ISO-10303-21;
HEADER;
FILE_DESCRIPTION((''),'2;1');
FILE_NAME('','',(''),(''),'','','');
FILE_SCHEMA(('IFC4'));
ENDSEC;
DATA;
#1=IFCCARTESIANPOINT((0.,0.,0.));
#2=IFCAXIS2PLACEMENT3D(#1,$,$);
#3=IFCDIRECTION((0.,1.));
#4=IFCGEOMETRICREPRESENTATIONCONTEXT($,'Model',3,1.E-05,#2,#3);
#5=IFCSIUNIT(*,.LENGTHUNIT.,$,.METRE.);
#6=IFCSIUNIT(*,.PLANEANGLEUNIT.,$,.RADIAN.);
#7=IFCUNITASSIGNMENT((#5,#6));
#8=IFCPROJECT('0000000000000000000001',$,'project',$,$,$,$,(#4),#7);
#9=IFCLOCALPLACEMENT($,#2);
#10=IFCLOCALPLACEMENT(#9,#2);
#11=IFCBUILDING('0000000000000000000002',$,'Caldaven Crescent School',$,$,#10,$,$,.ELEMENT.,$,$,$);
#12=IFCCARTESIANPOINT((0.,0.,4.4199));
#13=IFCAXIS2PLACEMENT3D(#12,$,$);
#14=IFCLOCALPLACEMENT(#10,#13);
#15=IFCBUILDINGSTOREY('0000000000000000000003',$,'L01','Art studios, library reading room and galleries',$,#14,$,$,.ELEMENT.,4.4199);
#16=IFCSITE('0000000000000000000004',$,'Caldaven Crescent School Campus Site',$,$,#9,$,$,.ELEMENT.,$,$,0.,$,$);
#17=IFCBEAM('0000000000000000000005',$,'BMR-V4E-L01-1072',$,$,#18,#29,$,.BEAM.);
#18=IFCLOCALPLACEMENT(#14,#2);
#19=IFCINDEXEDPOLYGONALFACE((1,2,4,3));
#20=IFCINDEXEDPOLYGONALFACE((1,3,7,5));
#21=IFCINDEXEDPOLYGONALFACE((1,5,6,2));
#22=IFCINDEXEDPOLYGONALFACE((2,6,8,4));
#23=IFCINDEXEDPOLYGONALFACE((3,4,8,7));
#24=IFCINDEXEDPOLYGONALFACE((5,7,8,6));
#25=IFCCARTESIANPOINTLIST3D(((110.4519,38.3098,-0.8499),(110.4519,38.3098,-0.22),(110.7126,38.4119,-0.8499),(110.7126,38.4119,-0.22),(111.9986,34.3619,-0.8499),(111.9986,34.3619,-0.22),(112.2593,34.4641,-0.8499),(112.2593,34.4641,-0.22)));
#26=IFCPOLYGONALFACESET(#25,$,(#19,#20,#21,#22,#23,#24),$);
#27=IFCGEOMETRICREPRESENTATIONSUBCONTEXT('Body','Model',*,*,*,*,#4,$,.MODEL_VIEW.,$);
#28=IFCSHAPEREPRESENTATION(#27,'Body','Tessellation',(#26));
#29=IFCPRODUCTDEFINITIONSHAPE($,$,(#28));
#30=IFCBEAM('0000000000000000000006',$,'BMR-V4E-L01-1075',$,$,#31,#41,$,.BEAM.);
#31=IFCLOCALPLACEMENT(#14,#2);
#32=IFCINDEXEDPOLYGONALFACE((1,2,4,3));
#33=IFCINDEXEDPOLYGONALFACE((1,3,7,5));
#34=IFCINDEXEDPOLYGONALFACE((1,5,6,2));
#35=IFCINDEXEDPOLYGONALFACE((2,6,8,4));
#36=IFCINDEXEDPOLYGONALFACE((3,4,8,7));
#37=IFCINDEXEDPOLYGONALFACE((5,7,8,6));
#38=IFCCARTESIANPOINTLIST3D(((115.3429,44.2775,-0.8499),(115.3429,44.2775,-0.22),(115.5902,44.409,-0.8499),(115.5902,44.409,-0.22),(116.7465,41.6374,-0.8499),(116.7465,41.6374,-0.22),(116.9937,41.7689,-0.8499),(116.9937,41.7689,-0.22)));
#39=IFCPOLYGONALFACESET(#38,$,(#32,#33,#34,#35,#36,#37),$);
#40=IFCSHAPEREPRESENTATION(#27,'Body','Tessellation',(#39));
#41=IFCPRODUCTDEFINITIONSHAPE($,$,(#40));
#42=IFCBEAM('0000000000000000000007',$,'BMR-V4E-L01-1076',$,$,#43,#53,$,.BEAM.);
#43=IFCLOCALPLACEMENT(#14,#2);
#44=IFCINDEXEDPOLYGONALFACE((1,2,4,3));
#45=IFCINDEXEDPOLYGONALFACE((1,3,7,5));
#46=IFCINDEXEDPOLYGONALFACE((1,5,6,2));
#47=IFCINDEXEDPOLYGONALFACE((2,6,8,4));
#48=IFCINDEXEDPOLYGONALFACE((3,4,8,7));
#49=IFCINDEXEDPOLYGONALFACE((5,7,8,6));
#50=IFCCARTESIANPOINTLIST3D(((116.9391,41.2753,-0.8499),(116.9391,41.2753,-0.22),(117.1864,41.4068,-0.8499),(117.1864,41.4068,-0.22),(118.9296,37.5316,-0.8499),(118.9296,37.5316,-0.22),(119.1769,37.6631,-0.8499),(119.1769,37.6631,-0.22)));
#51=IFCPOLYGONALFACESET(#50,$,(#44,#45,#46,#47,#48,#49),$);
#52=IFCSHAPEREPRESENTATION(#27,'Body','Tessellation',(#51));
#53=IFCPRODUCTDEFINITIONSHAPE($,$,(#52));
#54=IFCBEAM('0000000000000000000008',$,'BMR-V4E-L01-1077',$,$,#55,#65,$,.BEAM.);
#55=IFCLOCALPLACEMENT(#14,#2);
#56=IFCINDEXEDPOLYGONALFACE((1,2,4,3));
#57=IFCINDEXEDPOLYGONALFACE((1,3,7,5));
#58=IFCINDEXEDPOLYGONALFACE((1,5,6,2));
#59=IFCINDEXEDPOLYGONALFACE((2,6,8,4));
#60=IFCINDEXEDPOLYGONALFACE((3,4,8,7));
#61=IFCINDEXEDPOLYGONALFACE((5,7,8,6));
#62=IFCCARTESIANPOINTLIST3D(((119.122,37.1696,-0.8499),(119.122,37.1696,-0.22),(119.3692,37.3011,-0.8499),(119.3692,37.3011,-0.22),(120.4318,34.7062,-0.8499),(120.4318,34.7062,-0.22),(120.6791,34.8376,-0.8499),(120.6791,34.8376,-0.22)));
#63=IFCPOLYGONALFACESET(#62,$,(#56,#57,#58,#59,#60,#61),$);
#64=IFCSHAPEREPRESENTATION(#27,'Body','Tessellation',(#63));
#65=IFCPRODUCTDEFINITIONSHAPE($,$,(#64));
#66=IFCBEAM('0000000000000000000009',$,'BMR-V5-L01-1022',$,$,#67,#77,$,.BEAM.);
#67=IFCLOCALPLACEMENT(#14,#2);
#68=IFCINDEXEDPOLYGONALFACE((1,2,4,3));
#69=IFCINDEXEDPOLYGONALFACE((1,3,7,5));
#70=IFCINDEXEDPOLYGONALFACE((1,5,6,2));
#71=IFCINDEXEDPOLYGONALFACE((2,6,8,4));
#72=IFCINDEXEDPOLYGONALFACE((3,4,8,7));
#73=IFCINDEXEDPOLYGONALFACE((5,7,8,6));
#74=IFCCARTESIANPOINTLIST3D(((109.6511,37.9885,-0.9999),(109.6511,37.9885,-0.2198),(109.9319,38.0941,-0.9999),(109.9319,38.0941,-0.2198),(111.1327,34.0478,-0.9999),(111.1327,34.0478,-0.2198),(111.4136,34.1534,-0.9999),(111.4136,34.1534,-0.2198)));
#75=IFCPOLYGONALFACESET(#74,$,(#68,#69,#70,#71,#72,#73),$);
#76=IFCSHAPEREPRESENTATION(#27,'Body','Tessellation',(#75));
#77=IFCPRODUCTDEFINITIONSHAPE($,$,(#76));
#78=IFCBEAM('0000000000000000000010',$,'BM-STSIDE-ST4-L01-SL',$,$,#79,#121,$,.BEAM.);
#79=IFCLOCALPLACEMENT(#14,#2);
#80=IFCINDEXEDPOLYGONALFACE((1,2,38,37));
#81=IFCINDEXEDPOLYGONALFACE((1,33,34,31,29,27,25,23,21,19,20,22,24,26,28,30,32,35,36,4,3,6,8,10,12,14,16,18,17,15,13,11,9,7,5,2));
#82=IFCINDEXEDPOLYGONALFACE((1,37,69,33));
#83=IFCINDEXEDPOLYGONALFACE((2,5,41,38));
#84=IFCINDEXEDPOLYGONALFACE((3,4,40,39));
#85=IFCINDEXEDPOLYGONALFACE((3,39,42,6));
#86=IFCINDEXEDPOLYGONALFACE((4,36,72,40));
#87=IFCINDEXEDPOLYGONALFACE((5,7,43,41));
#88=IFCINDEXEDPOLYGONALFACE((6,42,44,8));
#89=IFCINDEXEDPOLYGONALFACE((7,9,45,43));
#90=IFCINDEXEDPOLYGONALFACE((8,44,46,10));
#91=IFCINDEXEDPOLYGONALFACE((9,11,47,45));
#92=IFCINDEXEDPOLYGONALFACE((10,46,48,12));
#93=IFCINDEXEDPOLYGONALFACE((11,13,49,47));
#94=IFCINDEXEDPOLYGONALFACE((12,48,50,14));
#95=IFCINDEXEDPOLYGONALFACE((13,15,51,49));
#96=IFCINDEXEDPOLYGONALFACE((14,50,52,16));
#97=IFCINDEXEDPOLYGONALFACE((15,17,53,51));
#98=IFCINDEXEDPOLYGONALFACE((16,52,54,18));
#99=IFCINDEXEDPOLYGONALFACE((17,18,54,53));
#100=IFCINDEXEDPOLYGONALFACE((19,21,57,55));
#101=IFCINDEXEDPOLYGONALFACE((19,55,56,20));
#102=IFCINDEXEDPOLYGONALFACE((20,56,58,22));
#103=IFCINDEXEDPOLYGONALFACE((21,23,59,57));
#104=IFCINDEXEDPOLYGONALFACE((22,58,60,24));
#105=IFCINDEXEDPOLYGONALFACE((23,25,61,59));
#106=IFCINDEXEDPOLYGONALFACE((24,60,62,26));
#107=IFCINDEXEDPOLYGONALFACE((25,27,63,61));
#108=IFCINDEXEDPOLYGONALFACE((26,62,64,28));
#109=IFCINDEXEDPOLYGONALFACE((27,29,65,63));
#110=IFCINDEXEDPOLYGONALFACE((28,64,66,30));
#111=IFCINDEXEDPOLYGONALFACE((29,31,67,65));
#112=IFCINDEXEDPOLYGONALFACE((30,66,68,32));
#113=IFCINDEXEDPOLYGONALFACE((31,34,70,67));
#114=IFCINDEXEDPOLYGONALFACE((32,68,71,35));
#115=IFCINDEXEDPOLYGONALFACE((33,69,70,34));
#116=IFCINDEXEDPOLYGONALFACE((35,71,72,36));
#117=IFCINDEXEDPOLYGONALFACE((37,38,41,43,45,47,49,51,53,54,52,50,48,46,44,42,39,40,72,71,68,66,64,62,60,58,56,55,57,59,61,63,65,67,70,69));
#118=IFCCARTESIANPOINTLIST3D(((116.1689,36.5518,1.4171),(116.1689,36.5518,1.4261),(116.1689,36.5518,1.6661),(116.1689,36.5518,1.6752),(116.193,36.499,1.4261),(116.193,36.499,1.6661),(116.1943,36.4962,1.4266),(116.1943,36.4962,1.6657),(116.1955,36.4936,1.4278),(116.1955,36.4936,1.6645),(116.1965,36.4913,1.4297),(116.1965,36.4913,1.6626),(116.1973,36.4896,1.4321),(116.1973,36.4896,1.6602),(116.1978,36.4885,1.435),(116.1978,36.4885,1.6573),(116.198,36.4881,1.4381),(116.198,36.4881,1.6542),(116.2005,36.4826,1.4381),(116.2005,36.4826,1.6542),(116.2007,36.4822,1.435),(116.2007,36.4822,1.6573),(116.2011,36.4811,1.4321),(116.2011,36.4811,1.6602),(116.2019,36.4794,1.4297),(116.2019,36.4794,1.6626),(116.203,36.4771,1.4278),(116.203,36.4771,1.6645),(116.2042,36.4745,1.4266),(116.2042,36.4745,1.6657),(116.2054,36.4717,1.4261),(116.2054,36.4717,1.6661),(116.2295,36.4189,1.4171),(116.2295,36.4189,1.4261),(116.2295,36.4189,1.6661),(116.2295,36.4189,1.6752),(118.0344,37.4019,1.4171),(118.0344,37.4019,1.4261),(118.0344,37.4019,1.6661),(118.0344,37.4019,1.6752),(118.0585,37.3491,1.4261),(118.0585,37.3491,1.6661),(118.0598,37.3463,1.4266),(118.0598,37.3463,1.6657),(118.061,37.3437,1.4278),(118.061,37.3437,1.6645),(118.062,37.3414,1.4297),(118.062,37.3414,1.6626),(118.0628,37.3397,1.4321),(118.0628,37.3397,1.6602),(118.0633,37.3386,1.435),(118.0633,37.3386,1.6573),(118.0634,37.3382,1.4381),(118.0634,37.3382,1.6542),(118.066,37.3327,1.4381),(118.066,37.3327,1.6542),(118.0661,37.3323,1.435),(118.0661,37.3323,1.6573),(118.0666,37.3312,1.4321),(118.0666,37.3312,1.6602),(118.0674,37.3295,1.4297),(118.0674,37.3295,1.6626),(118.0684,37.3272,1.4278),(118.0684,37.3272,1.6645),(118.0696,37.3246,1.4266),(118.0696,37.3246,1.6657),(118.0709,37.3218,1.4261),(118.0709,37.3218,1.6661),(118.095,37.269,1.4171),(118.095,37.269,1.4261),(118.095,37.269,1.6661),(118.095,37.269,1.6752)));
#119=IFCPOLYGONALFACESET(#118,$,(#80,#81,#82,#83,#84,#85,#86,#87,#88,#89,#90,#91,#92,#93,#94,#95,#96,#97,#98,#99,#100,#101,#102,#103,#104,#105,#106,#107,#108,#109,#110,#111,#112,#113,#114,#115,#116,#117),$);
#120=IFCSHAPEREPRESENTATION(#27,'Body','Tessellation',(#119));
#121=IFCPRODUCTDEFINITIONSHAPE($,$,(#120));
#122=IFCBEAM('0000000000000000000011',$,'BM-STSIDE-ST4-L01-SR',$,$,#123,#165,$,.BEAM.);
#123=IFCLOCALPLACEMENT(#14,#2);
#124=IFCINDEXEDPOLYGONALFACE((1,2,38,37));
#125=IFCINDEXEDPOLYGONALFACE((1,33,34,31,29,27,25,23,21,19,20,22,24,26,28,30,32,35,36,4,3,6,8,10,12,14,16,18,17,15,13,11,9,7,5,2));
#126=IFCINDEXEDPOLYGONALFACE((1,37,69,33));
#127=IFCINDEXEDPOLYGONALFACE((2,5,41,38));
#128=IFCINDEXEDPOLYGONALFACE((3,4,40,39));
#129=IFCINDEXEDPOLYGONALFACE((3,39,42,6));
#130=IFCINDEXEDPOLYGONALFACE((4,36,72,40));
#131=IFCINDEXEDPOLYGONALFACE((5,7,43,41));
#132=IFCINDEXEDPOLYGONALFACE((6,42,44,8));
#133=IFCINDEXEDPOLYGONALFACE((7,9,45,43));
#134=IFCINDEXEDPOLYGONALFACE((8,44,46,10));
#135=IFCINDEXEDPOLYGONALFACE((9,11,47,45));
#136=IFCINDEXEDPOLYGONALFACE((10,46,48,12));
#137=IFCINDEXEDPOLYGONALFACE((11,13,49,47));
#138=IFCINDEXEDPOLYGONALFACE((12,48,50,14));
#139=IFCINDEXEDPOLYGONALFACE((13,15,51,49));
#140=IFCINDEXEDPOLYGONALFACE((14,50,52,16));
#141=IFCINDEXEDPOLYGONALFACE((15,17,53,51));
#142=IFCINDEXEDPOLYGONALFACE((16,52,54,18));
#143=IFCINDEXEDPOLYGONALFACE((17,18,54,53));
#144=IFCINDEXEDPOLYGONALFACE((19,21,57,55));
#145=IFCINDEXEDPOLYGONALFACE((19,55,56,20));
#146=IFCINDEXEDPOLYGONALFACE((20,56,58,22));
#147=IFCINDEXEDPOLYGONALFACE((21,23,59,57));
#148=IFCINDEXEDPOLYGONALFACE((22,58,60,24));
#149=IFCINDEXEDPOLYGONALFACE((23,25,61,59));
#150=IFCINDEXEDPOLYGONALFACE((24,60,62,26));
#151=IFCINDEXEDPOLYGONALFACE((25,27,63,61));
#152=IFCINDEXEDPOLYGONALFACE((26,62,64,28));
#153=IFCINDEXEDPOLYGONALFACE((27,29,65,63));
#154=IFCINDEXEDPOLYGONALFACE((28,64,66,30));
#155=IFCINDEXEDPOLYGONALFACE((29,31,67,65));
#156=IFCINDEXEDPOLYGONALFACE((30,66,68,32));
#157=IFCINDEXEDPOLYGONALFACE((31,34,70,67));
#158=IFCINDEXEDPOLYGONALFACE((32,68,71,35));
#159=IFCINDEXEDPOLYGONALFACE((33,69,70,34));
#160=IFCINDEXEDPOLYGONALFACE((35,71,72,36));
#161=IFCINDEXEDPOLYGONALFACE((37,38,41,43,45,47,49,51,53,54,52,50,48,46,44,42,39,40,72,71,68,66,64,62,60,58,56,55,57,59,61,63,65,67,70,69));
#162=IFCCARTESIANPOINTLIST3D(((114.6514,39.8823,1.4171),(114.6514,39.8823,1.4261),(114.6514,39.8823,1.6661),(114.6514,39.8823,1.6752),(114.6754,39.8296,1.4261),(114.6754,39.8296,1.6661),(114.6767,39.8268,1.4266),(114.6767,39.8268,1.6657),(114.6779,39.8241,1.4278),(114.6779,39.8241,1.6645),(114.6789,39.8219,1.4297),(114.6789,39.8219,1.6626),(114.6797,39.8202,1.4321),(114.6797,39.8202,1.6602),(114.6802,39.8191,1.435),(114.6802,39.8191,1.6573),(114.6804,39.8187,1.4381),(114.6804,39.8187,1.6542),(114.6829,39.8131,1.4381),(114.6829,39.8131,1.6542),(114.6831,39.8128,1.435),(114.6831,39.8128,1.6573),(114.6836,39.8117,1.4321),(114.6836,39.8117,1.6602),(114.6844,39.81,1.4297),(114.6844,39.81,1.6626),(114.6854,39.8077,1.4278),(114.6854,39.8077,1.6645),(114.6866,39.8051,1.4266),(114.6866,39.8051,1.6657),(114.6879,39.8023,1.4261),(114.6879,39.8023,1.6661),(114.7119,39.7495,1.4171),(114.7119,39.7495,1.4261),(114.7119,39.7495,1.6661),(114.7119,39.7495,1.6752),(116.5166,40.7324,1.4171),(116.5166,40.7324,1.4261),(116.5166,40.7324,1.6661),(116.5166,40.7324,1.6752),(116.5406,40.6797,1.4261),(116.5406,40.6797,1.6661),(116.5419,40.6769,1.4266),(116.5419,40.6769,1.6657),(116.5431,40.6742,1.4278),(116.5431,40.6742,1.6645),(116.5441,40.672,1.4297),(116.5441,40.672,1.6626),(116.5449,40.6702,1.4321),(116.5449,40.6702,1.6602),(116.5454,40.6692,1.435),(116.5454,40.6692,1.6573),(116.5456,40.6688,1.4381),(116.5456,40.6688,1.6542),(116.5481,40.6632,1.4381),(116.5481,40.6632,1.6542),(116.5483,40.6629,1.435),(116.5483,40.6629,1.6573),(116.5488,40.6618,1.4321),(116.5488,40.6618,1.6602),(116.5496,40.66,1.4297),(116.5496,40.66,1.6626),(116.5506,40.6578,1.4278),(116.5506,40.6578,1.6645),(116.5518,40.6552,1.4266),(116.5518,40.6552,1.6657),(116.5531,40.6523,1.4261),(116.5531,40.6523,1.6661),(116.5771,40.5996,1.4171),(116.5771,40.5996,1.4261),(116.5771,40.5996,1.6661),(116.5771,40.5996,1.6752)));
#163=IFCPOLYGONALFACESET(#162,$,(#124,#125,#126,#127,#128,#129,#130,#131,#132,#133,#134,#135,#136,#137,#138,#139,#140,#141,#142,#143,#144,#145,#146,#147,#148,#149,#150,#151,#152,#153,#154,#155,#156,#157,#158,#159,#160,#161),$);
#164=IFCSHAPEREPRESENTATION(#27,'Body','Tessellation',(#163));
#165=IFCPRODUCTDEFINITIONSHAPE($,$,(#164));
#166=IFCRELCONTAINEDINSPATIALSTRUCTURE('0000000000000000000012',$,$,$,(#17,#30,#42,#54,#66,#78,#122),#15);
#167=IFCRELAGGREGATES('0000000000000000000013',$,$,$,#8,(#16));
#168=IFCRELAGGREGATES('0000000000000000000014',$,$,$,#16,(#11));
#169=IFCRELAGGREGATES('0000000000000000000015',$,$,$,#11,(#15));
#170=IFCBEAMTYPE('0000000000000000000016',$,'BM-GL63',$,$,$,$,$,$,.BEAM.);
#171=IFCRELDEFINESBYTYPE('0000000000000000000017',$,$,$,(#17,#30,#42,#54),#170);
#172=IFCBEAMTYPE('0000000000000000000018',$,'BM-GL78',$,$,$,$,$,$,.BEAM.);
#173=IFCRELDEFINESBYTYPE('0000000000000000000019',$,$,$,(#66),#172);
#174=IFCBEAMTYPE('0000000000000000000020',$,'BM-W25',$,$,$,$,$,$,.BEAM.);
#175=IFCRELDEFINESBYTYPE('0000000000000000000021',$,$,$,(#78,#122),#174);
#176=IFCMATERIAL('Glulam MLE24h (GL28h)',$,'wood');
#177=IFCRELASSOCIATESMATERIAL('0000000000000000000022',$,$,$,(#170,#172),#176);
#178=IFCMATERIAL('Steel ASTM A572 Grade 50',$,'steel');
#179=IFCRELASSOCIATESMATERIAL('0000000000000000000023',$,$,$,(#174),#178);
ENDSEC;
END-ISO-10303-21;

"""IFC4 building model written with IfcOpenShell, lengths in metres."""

from ifc_helpers import new_model, si_unit, direction, frame, origin, origin_2d, place, context, subcontext, project, spatial, rectangle, i_section, extrude, material, material_profile, profile_set, type_object, element, save


model = new_model("IFC4")

# Units and contexts
model_context = context("Model", 3, precision=1e-05, world=origin(), true_north=direction((0.0, 1.0)))
body_context = subcontext(model_context, "Body", "Model", "MODEL_VIEW")
ifc_project = project(units=[si_unit("LENGTHUNIT", "METRE"), si_unit("PLANEANGLEUNIT", "RADIAN")], contexts=[model_context])

# Site, building, storey
site_placement = place(None, origin())
site = spatial("IfcSite", under=ifc_project, at=site_placement, Name="Caldaven Crescent School Campus Site", CompositionType="ELEMENT", RefElevation=0.0)
building_placement = place(site_placement, origin())
building = spatial("IfcBuilding", under=site, at=building_placement, Name="Caldaven Crescent School", CompositionType="ELEMENT")
storey_placement = place(building_placement, frame((0.0, 0.0, 4.4199)))
storey = spatial("IfcBuildingStorey", under=building, at=storey_placement, Name="L01", Description="Art studios, library reading room and galleries", CompositionType="ELEMENT", Elevation=4.4199)

# Shared definitions
ifc_material_1 = material(Name="Glulam MLE24h (GL28h)", Category="wood")
ifc_material_2 = material(Name="Steel ASTM A572 Grade 50", Category="steel")

# Beams
ifc_material_profile_1 = material_profile(ifc_material_1, rectangle(XDim=0.28, YDim=0.6299, at=origin_2d()), Name="MLE 280x630")
ifc_profile_set_1 = profile_set([ifc_material_profile_1], Name="Glulam MLE24h (GL28h)")
beam_type_1 = type_object("IfcBeamType", Name="BM-GL63", PredefinedType="BEAM", material=ifc_profile_set_1)
beam_1_placement = place(storey_placement, frame((110.5823, 38.3608, -0.5349), z_axis=(0.364779, -0.931094, 0.0), x_axis=(0.931094, 0.364779, 0.0)))
element("IfcBeam", 1, at=beam_1_placement, inside=storey, type_object=beam_type_1, Name="BMR-V4E-L01-1072", PredefinedType="BEAM", context=body_context, shape_type="SweptSolid", body=[
    extrude(rectangle(XDim=0.28, YDim=0.6299, at=origin_2d()), origin(), (0.0, 0.0, 1.0), 4.24),
])
beam_2_placement = place(storey_placement, frame((115.4666, 44.3433, -0.5349), z_axis=(0.469414, -0.882978, 0.0), x_axis=(0.882978, 0.469414, 0.0)))
element("IfcBeam", 2, at=beam_2_placement, inside=storey, type_object=beam_type_1, Name="BMR-V4E-L01-1075", PredefinedType="BEAM", context=body_context, shape_type="SweptSolid", body=[
    extrude(rectangle(XDim=0.28, YDim=0.6299, at=origin_2d()), origin(), (0.0, 0.0, 1.0), 2.99),
])
beam_3_placement = place(storey_placement, frame((117.0627, 41.3411, -0.5349), z_axis=(0.469461, -0.882953, 0.0), x_axis=(0.882953, 0.469461, 0.0)))
element("IfcBeam", 3, at=beam_3_placement, inside=storey, type_object=beam_type_1, Name="BMR-V4E-L01-1076", PredefinedType="BEAM", context=body_context, shape_type="SweptSolid", body=[
    extrude(rectangle(XDim=0.28, YDim=0.6299, at=origin_2d()), origin(), (0.0, 0.0, 1.0), 4.24),
])
beam_4_placement = place(storey_placement, frame((119.2456, 37.2354, -0.5349), z_axis=(0.469475, -0.882946, 0.0), x_axis=(0.882946, 0.469475, 0.0)))
element("IfcBeam", 4, at=beam_4_placement, inside=storey, type_object=beam_type_1, Name="BMR-V4E-L01-1077", PredefinedType="BEAM", context=body_context, shape_type="SweptSolid", body=[
    extrude(rectangle(XDim=0.28, YDim=0.6299, at=origin_2d()), origin(), (0.0, 0.0, 1.0), 2.79),
])
ifc_material_profile_2 = material_profile(ifc_material_1, rectangle(XDim=0.3, YDim=0.78, at=origin_2d()), Name="MLE 300x780")
ifc_profile_set_2 = profile_set([ifc_material_profile_2], Name="Glulam MLE24h (GL28h)")
beam_type_2 = type_object("IfcBeamType", Name="BM-GL78", PredefinedType="BEAM", material=ifc_profile_set_2)
beam_5_placement = place(storey_placement, frame((109.7915, 38.0413, -0.6099), z_axis=(0.351943, -0.936021, 0.0), x_axis=(0.936021, 0.351943, 0.0)))
element("IfcBeam", 5, at=beam_5_placement, inside=storey, type_object=beam_type_2, Name="BMR-V5-L01-1022", PredefinedType="BEAM", context=body_context, shape_type="SweptSolid", body=[
    extrude(rectangle(XDim=0.3, YDim=0.78, at=origin_2d()), origin(), (0.0, 0.0, 1.0), 4.21),
])
ifc_material_profile_3 = material_profile(ifc_material_2, i_section(OverallWidth=0.146, OverallDepth=0.2581, WebThickness=0.0061, FlangeThickness=0.009, FilletRadius=0.012, at=origin_2d()), Name="W250x33")
ifc_profile_set_3 = profile_set([ifc_material_profile_3], Name="Steel ASTM A572 Grade 50")
beam_type_3 = type_object("IfcBeamType", Name="BM-W25", PredefinedType="BEAM", material=ifc_profile_set_3)
beam_6_placement = place(storey_placement, frame((116.1992, 36.4854, 1.5461), z_axis=(0.90997, 0.414673, 0.0), x_axis=(-0.414673, 0.90997, 0.0)))
element("IfcBeam", 6, at=beam_6_placement, inside=storey, type_object=beam_type_3, Name="BM-STSIDE-ST4-L01-SL", PredefinedType="BEAM", context=body_context, shape_type="SweptSolid", body=[
    extrude(i_section(OverallWidth=0.146, OverallDepth=0.2581, WebThickness=0.0061, FlangeThickness=0.009, FilletRadius=0.012, at=origin_2d()), origin(), (0.0, 0.0, 1.0), 2.05),
])
beam_7_placement = place(storey_placement, frame((114.6816, 39.8159, 1.5461), z_axis=(0.90995, 0.414718, 0.0), x_axis=(-0.414718, 0.90995, 0.0)))
element("IfcBeam", 7, at=beam_7_placement, inside=storey, type_object=beam_type_3, Name="BM-STSIDE-ST4-L01-SR", PredefinedType="BEAM", context=body_context, shape_type="SweptSolid", body=[
    extrude(i_section(OverallWidth=0.146, OverallDepth=0.2581, WebThickness=0.0061, FlangeThickness=0.009, FilletRadius=0.012, at=origin_2d()), origin(), (0.0, 0.0, 1.0), 2.0498),
])

save(model, "model.ifc")
